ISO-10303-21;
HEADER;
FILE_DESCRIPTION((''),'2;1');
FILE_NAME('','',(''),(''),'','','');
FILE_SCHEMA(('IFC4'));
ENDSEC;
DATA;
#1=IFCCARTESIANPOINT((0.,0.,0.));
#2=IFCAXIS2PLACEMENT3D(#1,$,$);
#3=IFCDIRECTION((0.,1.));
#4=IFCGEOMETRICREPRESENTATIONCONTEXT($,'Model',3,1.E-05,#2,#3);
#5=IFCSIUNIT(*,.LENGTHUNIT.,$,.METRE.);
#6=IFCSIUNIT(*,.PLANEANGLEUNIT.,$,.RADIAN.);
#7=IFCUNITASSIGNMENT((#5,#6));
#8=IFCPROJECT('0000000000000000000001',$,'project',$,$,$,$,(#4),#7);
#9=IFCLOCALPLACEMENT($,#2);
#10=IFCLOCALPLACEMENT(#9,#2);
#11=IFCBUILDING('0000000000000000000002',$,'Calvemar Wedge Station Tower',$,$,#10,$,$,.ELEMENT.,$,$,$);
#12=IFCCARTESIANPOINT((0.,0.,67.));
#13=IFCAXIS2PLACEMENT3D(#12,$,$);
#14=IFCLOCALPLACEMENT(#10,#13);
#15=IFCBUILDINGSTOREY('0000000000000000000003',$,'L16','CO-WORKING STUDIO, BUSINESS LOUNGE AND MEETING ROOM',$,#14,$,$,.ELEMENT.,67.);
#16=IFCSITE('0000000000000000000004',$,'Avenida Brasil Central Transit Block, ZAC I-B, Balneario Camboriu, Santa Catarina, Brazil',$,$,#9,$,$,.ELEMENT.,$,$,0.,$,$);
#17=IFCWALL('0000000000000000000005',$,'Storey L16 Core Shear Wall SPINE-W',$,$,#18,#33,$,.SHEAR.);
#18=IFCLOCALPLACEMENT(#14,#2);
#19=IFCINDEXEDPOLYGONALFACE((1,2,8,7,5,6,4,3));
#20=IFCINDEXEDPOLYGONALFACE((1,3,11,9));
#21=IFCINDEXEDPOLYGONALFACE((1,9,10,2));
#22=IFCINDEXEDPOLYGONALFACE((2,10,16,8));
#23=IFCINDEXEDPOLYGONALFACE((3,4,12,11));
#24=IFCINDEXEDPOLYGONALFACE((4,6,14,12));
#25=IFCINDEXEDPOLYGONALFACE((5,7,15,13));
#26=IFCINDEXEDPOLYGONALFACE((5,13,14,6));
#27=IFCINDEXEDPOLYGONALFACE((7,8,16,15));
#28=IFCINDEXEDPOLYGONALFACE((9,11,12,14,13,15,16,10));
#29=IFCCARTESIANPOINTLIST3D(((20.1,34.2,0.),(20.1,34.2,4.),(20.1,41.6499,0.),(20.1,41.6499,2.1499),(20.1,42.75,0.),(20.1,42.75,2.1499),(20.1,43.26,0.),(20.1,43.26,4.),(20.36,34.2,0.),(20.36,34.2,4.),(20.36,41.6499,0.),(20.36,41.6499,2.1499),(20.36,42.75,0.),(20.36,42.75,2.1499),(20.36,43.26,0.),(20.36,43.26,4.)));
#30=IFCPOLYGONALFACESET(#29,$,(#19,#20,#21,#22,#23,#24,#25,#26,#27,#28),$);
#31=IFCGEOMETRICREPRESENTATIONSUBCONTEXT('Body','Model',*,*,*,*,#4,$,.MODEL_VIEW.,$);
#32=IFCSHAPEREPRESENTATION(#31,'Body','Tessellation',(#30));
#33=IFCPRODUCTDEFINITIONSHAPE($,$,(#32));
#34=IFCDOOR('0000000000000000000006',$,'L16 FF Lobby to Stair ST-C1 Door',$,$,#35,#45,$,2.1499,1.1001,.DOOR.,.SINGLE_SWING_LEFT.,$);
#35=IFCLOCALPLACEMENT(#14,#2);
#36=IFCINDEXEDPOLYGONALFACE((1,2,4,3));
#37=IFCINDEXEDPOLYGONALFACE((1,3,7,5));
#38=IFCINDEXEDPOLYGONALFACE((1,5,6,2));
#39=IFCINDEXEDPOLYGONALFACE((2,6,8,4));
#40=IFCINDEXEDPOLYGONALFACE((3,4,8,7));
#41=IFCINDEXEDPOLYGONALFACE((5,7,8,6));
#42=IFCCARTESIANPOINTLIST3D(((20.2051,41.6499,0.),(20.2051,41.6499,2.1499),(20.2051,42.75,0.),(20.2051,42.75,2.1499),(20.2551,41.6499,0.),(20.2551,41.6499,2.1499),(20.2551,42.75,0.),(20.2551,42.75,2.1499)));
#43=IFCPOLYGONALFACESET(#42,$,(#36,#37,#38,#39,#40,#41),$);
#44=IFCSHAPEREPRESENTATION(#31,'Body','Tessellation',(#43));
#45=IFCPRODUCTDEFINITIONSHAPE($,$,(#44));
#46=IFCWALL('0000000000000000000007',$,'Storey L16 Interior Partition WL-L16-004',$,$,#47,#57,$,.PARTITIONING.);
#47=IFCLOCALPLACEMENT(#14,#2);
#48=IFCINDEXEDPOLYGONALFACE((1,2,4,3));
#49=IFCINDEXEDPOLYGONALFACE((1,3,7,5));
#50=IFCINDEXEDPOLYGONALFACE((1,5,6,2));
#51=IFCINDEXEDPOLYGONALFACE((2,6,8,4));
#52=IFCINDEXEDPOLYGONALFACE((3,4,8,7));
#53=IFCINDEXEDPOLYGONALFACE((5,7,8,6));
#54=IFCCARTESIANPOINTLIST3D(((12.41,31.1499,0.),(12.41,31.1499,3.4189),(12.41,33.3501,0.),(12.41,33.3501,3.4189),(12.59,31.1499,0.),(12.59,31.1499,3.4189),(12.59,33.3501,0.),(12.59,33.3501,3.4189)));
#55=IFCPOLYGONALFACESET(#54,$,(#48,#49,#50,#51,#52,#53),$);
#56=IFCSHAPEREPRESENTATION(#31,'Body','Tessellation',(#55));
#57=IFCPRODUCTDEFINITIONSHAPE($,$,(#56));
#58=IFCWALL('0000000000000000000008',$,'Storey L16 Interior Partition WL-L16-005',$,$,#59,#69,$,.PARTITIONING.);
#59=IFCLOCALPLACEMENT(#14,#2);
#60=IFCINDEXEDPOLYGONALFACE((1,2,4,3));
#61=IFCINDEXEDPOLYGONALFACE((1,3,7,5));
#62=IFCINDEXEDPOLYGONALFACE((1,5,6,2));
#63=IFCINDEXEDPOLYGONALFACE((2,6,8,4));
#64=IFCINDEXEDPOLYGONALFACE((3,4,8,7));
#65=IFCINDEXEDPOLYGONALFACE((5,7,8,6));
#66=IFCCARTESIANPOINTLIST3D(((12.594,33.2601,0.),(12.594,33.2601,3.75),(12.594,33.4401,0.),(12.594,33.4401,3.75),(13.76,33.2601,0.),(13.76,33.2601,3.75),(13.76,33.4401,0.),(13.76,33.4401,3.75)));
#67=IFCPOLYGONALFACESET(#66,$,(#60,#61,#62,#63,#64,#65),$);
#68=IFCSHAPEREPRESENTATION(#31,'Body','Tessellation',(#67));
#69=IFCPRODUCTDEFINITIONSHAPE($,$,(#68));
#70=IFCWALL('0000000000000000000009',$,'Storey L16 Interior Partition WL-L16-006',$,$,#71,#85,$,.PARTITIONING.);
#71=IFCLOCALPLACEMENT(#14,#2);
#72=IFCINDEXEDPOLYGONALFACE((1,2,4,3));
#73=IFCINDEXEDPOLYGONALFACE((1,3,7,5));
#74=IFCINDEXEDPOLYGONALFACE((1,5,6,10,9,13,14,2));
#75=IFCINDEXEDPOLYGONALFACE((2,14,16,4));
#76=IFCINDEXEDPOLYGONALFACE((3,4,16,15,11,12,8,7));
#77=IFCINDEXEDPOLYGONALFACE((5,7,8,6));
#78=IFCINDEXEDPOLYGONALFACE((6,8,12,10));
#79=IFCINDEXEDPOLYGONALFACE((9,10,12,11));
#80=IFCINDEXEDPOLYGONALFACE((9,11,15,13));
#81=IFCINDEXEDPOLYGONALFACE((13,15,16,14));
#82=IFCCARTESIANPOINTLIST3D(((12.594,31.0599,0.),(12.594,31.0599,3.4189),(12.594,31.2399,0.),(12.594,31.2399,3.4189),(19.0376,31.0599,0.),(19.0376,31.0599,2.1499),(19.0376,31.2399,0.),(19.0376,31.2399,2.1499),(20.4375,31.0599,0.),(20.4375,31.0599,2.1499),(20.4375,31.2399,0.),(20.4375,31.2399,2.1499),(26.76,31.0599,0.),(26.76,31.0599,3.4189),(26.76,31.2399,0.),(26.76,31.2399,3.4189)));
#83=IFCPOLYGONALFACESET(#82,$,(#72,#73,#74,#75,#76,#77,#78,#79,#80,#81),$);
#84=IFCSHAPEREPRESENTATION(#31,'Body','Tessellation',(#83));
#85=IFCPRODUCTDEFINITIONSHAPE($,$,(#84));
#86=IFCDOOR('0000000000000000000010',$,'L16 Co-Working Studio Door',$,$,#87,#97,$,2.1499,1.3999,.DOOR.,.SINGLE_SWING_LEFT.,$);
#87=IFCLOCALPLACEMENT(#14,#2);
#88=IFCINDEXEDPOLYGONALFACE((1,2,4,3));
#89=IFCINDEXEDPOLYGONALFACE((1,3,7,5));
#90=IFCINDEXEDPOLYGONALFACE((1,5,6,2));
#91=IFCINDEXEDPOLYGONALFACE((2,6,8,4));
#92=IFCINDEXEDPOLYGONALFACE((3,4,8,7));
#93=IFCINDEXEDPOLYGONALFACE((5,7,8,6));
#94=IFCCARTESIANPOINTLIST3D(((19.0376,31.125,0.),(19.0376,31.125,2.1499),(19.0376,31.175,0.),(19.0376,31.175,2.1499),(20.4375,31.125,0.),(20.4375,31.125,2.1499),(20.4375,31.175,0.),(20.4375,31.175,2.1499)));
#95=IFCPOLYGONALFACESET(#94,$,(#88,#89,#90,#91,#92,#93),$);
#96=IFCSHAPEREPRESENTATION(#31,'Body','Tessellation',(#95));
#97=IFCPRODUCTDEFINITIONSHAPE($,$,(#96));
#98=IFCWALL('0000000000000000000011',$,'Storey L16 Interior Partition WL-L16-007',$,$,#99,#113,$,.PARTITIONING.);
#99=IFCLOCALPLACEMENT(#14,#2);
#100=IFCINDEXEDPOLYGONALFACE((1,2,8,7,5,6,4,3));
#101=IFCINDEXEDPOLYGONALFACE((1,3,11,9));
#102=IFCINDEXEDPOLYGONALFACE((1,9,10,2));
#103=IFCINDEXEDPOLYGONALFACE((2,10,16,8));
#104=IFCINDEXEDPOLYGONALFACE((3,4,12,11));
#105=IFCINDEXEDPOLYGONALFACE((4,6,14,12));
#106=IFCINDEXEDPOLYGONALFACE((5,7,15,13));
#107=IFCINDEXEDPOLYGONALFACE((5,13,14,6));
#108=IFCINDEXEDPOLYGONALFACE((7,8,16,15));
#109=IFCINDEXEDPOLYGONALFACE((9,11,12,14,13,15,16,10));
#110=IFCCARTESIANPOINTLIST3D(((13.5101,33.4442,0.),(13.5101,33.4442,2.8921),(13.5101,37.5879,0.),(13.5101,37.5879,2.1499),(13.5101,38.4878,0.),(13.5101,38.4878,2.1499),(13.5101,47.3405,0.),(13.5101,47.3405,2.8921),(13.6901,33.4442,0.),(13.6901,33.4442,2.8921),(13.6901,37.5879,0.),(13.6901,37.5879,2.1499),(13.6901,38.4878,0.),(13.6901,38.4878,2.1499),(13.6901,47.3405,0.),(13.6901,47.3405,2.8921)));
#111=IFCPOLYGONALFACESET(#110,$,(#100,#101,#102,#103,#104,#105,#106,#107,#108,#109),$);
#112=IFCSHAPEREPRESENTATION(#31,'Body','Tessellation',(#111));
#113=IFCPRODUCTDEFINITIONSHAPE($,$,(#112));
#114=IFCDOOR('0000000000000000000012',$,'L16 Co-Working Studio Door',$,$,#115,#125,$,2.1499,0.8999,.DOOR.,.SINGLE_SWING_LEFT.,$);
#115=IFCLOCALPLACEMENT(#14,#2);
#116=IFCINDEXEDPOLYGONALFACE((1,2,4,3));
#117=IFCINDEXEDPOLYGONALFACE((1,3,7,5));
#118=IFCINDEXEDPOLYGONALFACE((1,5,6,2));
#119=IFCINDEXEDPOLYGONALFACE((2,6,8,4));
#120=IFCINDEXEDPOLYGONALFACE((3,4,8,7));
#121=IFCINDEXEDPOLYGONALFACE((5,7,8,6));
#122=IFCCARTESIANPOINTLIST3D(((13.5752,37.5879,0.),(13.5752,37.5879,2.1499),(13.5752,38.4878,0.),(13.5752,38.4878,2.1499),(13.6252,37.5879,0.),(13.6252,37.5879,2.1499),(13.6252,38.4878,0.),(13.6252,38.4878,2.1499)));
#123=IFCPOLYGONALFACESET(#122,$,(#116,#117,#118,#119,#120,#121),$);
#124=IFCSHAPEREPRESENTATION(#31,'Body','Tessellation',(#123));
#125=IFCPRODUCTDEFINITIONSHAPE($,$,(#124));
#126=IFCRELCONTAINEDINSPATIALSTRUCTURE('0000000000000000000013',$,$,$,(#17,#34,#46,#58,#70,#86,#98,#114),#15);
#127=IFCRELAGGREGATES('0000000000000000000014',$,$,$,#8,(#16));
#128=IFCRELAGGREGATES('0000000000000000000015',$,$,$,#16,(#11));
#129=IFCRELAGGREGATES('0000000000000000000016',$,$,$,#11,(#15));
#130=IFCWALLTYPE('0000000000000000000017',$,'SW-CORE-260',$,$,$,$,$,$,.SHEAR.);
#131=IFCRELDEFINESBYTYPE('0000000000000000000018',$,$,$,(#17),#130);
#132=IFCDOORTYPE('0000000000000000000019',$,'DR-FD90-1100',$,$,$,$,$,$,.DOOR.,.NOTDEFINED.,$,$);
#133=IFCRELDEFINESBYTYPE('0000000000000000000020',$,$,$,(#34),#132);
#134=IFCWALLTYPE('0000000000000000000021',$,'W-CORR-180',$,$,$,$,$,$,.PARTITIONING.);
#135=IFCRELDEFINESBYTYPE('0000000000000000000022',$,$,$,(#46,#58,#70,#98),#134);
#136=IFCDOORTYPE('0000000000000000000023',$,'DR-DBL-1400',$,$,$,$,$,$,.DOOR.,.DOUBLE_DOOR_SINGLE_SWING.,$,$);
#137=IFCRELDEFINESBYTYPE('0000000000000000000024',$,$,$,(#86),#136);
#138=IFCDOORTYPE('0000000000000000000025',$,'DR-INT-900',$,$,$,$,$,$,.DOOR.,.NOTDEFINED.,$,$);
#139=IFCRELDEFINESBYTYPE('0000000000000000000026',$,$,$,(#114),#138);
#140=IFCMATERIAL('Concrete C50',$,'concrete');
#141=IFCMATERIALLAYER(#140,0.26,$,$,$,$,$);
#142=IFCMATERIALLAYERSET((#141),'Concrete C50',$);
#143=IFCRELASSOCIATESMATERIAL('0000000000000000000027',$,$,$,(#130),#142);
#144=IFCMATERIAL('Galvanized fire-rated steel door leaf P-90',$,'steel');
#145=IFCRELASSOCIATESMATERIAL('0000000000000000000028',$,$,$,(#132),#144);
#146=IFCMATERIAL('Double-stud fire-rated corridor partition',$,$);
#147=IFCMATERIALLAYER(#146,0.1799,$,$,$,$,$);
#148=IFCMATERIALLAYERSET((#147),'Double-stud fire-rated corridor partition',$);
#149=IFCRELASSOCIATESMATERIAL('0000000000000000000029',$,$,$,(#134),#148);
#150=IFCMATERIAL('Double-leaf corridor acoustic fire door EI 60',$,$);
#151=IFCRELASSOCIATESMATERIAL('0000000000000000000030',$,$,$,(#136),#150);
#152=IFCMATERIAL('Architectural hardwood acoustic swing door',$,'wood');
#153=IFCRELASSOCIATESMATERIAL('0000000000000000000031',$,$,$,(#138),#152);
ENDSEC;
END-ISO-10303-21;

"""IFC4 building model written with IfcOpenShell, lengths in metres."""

from ifc_helpers import new_model, si_unit, direction, frame, frame_2d, origin, place, context, subcontext, project, spatial, rectangle, extrude, source, transform, mapped, material, layer, layer_set, type_object, element, fill, save


model = new_model("IFC4")

# Units and contexts
model_context = context("Model", 3, precision=1e-05, world=origin(), true_north=direction((0.0, 1.0)))
body_context = subcontext(model_context, "Body", "Model", "MODEL_VIEW")
ifc_project = project(units=[si_unit("LENGTHUNIT", "METRE"), si_unit("PLANEANGLEUNIT", "RADIAN")], contexts=[model_context])

# Site, building, storey
site_placement = place(None, origin())
site = spatial("IfcSite", under=ifc_project, at=site_placement, Name="Avenida Brasil Central Transit Block, ZAC I-B, Balneario Camboriu, Santa Catarina, Brazil", CompositionType="ELEMENT", RefElevation=0.0)
building_placement = place(site_placement, origin())
building = spatial("IfcBuilding", under=site, at=building_placement, Name="Calvemar Wedge Station Tower", CompositionType="ELEMENT")
storey_placement = place(building_placement, frame((0.0, 0.0, 67.0)))
storey = spatial("IfcBuildingStorey", under=building, at=storey_placement, Name="L16", Description="CO-WORKING STUDIO, BUSINESS LOUNGE AND MEETING ROOM", CompositionType="ELEMENT", Elevation=67.0)

# Wall, opening, door
ifc_material_1 = material(Name="Concrete C50", Category="concrete")
ifc_layer_1 = layer(ifc_material_1, 0.26)
ifc_layer_set_1 = layer_set([ifc_layer_1], Name="Concrete C50")
wall_type_1 = type_object("IfcWallType", Name="SW-CORE-260", PredefinedType="SHEAR", material=ifc_layer_set_1)
wall_1_placement = place(storey_placement, frame((20.23, 34.2, 0.0), z_axis=(0.0, 0.0, 1.0), x_axis=(0.0, 1.0, 0.0)))
wall_1 = element("IfcWall", 1, at=wall_1_placement, inside=storey, type_object=wall_type_1, Name="Storey L16 Core Shear Wall SPINE-W", PredefinedType="SHEAR", context=body_context, shape_type="SweptSolid", body=[
    extrude(rectangle(XDim=9.0601, YDim=0.26, at=frame_2d((4.53, 0.0))), origin(), (0.0, 0.0, 1.0), 4.0),
])
shared_shape_1 = source(origin(), body_context, "Body", "SweptSolid", [
    extrude(rectangle(XDim=1.1001, YDim=2.1499, at=frame_2d((0.55, 1.075))), frame((0.0, 0.1401, 0.0), z_axis=(0.0, -1.0, 0.0), x_axis=(1.0, 0.0, 0.0)), (0.0, 0.0, 1.0), 0.28),
])
opening_1_placement = place(wall_1_placement, frame((7.45, 0.0, 0.0)))
opening_1 = element("IfcOpeningElement", 2, at=opening_1_placement, cuts=wall_1, PredefinedType="OPENING", context=body_context, shape_type="MappedRepresentation", body=[
    mapped(shared_shape_1, transform((0.0, 0.0, 0.0), scale=1.0)),
])
ifc_material_2 = material(Name="Galvanized fire-rated steel door leaf P-90", Category="steel")
door_type_1 = type_object("IfcDoorType", Name="DR-FD90-1100", OperationType="NOTDEFINED", PredefinedType="DOOR", material=ifc_material_2)
shared_shape_2 = source(origin(), body_context, "Body", "SweptSolid", [
    extrude(rectangle(XDim=1.1001, YDim=2.1499, at=frame_2d((0.55, 1.075))), frame((0.0, 0.0249, 0.0), z_axis=(0.0, -1.0, 0.0), x_axis=(1.0, 0.0, 0.0)), (0.0, 0.0, 1.0), 0.05),
])
door_1_placement = place(opening_1_placement, origin())
door_1 = element("IfcDoor", 3, at=door_1_placement, inside=storey, type_object=door_type_1, Name="L16 FF Lobby to Stair ST-C1 Door", OperationType="SINGLE_SWING_LEFT", OverallHeight=2.1499, OverallWidth=1.1001, PredefinedType="DOOR", context=body_context, shape_type="MappedRepresentation", body=[
    mapped(shared_shape_2, transform((0.0, 0.0, 0.0), scale=1.0)),
])
fill(opening_1, door_1)

# Walls
ifc_material_3 = material(Name="Double-stud fire-rated corridor partition")
ifc_layer_2 = layer(ifc_material_3, 0.1799)
ifc_layer_set_2 = layer_set([ifc_layer_2], Name="Double-stud fire-rated corridor partition")
wall_type_2 = type_object("IfcWallType", Name="W-CORR-180", PredefinedType="PARTITIONING", material=ifc_layer_set_2)
wall_2_placement = place(storey_placement, frame((12.5, 31.1499, 0.0), z_axis=(0.0, 0.0, 1.0), x_axis=(0.0, 1.0, 0.0)))
element("IfcWall", 4, at=wall_2_placement, inside=storey, type_object=wall_type_2, Name="Storey L16 Interior Partition WL-L16-004", PredefinedType="PARTITIONING", context=body_context, shape_type="SweptSolid", body=[
    extrude(rectangle(XDim=2.2002, YDim=0.1799, at=frame_2d((1.1001, 0.0))), origin(), (0.0, 0.0, 1.0), 3.4189),
])
wall_3_placement = place(storey_placement, frame((12.594, 33.3501, 0.0), z_axis=(0.0, 0.0, 1.0), x_axis=(1.0, 0.0, 0.0)))
element("IfcWall", 5, at=wall_3_placement, inside=storey, type_object=wall_type_2, Name="Storey L16 Interior Partition WL-L16-005", PredefinedType="PARTITIONING", context=body_context, shape_type="SweptSolid", body=[
    extrude(rectangle(XDim=1.166, YDim=0.1799, at=frame_2d((0.583, 0.0))), origin(), (0.0, 0.0, 1.0), 3.75),
])

# Walls, openings, doors
wall_4_placement = place(storey_placement, frame((26.76, 31.1499, 0.0), z_axis=(0.0, 0.0, 1.0), x_axis=(-1.0, 0.0, 0.0)))
wall_4 = element("IfcWall", 6, at=wall_4_placement, inside=storey, type_object=wall_type_2, Name="Storey L16 Interior Partition WL-L16-006", PredefinedType="PARTITIONING", context=body_context, shape_type="SweptSolid", body=[
    extrude(rectangle(XDim=14.166, YDim=0.1799, at=frame_2d((7.083, 0.0))), origin(), (0.0, 0.0, 1.0), 3.4189),
])
shared_shape_3 = source(origin(), body_context, "Body", "SweptSolid", [
    extrude(rectangle(XDim=1.3999, YDim=2.1499, at=frame_2d((0.7, 1.075))), frame((0.0, 0.1001, 0.0), z_axis=(0.0, -1.0, 0.0), x_axis=(1.0, 0.0, 0.0)), (0.0, 0.0, 1.0), 0.2),
])
opening_2_placement = place(wall_4_placement, frame((6.3225, 0.0, 0.0)))
opening_2 = element("IfcOpeningElement", 7, at=opening_2_placement, cuts=wall_4, PredefinedType="OPENING", context=body_context, shape_type="MappedRepresentation", body=[
    mapped(shared_shape_3, transform((0.0, 0.0, 0.0), scale=1.0)),
])
ifc_material_4 = material(Name="Double-leaf corridor acoustic fire door EI 60")
door_type_2 = type_object("IfcDoorType", Name="DR-DBL-1400", OperationType="DOUBLE_DOOR_SINGLE_SWING", PredefinedType="DOOR", material=ifc_material_4)
shared_shape_4 = source(origin(), body_context, "Body", "SweptSolid", [
    extrude(rectangle(XDim=1.3999, YDim=2.1499, at=frame_2d((0.7, 1.075))), frame((0.0, 0.0249, 0.0), z_axis=(0.0, -1.0, 0.0), x_axis=(1.0, 0.0, 0.0)), (0.0, 0.0, 1.0), 0.05),
])
door_2_placement = place(opening_2_placement, origin())
door_2 = element("IfcDoor", 8, at=door_2_placement, inside=storey, type_object=door_type_2, Name="L16 Co-Working Studio Door", OperationType="SINGLE_SWING_LEFT", OverallHeight=2.1499, OverallWidth=1.3999, PredefinedType="DOOR", context=body_context, shape_type="MappedRepresentation", body=[
    mapped(shared_shape_4, transform((0.0, 0.0, 0.0), scale=1.0)),
])
fill(opening_2, door_2)
wall_5_placement = place(storey_placement, frame((13.6001, 33.4441, 0.0), z_axis=(0.0, 0.0, 1.0), x_axis=(0.0, 1.0, 0.0)))
wall_5 = element("IfcWall", 9, at=wall_5_placement, inside=storey, type_object=wall_type_2, Name="Storey L16 Interior Partition WL-L16-007", PredefinedType="PARTITIONING", context=body_context, shape_type="SweptSolid", body=[
    extrude(rectangle(XDim=13.8962, YDim=0.1799, at=frame_2d((6.9482, 0.0))), origin(), (0.0, 0.0, 1.0), 2.8921),
])
shared_shape_5 = source(origin(), body_context, "Body", "SweptSolid", [
    extrude(rectangle(XDim=0.8999, YDim=2.1499, at=frame_2d((0.45, 1.075))), frame((0.0, 0.1001, 0.0), z_axis=(0.0, -1.0, 0.0), x_axis=(1.0, 0.0, 0.0)), (0.0, 0.0, 1.0), 0.2),
])
opening_3_placement = place(wall_5_placement, frame((4.1438, 0.0, 0.0)))
opening_3 = element("IfcOpeningElement", 10, at=opening_3_placement, cuts=wall_5, PredefinedType="OPENING", context=body_context, shape_type="MappedRepresentation", body=[
    mapped(shared_shape_5, transform((0.0, 0.0, 0.0), scale=1.0)),
])
ifc_material_5 = material(Name="Architectural hardwood acoustic swing door", Category="wood")
door_type_3 = type_object("IfcDoorType", Name="DR-INT-900", OperationType="NOTDEFINED", PredefinedType="DOOR", material=ifc_material_5)
shared_shape_6 = source(origin(), body_context, "Body", "SweptSolid", [
    extrude(rectangle(XDim=0.8999, YDim=2.1499, at=frame_2d((0.45, 1.075))), frame((0.0, 0.0249, 0.0), z_axis=(0.0, -1.0, 0.0), x_axis=(1.0, 0.0, 0.0)), (0.0, 0.0, 1.0), 0.05),
])
door_3_placement = place(opening_3_placement, origin())
door_3 = element("IfcDoor", 11, at=door_3_placement, inside=storey, type_object=door_type_3, Name="L16 Co-Working Studio Door", OperationType="SINGLE_SWING_LEFT", OverallHeight=2.1499, OverallWidth=0.8999, PredefinedType="DOOR", context=body_context, shape_type="MappedRepresentation", body=[
    mapped(shared_shape_6, transform((0.0, 0.0, 0.0), scale=1.0)),
])
fill(opening_3, door_3)

save(model, "model.ifc")
